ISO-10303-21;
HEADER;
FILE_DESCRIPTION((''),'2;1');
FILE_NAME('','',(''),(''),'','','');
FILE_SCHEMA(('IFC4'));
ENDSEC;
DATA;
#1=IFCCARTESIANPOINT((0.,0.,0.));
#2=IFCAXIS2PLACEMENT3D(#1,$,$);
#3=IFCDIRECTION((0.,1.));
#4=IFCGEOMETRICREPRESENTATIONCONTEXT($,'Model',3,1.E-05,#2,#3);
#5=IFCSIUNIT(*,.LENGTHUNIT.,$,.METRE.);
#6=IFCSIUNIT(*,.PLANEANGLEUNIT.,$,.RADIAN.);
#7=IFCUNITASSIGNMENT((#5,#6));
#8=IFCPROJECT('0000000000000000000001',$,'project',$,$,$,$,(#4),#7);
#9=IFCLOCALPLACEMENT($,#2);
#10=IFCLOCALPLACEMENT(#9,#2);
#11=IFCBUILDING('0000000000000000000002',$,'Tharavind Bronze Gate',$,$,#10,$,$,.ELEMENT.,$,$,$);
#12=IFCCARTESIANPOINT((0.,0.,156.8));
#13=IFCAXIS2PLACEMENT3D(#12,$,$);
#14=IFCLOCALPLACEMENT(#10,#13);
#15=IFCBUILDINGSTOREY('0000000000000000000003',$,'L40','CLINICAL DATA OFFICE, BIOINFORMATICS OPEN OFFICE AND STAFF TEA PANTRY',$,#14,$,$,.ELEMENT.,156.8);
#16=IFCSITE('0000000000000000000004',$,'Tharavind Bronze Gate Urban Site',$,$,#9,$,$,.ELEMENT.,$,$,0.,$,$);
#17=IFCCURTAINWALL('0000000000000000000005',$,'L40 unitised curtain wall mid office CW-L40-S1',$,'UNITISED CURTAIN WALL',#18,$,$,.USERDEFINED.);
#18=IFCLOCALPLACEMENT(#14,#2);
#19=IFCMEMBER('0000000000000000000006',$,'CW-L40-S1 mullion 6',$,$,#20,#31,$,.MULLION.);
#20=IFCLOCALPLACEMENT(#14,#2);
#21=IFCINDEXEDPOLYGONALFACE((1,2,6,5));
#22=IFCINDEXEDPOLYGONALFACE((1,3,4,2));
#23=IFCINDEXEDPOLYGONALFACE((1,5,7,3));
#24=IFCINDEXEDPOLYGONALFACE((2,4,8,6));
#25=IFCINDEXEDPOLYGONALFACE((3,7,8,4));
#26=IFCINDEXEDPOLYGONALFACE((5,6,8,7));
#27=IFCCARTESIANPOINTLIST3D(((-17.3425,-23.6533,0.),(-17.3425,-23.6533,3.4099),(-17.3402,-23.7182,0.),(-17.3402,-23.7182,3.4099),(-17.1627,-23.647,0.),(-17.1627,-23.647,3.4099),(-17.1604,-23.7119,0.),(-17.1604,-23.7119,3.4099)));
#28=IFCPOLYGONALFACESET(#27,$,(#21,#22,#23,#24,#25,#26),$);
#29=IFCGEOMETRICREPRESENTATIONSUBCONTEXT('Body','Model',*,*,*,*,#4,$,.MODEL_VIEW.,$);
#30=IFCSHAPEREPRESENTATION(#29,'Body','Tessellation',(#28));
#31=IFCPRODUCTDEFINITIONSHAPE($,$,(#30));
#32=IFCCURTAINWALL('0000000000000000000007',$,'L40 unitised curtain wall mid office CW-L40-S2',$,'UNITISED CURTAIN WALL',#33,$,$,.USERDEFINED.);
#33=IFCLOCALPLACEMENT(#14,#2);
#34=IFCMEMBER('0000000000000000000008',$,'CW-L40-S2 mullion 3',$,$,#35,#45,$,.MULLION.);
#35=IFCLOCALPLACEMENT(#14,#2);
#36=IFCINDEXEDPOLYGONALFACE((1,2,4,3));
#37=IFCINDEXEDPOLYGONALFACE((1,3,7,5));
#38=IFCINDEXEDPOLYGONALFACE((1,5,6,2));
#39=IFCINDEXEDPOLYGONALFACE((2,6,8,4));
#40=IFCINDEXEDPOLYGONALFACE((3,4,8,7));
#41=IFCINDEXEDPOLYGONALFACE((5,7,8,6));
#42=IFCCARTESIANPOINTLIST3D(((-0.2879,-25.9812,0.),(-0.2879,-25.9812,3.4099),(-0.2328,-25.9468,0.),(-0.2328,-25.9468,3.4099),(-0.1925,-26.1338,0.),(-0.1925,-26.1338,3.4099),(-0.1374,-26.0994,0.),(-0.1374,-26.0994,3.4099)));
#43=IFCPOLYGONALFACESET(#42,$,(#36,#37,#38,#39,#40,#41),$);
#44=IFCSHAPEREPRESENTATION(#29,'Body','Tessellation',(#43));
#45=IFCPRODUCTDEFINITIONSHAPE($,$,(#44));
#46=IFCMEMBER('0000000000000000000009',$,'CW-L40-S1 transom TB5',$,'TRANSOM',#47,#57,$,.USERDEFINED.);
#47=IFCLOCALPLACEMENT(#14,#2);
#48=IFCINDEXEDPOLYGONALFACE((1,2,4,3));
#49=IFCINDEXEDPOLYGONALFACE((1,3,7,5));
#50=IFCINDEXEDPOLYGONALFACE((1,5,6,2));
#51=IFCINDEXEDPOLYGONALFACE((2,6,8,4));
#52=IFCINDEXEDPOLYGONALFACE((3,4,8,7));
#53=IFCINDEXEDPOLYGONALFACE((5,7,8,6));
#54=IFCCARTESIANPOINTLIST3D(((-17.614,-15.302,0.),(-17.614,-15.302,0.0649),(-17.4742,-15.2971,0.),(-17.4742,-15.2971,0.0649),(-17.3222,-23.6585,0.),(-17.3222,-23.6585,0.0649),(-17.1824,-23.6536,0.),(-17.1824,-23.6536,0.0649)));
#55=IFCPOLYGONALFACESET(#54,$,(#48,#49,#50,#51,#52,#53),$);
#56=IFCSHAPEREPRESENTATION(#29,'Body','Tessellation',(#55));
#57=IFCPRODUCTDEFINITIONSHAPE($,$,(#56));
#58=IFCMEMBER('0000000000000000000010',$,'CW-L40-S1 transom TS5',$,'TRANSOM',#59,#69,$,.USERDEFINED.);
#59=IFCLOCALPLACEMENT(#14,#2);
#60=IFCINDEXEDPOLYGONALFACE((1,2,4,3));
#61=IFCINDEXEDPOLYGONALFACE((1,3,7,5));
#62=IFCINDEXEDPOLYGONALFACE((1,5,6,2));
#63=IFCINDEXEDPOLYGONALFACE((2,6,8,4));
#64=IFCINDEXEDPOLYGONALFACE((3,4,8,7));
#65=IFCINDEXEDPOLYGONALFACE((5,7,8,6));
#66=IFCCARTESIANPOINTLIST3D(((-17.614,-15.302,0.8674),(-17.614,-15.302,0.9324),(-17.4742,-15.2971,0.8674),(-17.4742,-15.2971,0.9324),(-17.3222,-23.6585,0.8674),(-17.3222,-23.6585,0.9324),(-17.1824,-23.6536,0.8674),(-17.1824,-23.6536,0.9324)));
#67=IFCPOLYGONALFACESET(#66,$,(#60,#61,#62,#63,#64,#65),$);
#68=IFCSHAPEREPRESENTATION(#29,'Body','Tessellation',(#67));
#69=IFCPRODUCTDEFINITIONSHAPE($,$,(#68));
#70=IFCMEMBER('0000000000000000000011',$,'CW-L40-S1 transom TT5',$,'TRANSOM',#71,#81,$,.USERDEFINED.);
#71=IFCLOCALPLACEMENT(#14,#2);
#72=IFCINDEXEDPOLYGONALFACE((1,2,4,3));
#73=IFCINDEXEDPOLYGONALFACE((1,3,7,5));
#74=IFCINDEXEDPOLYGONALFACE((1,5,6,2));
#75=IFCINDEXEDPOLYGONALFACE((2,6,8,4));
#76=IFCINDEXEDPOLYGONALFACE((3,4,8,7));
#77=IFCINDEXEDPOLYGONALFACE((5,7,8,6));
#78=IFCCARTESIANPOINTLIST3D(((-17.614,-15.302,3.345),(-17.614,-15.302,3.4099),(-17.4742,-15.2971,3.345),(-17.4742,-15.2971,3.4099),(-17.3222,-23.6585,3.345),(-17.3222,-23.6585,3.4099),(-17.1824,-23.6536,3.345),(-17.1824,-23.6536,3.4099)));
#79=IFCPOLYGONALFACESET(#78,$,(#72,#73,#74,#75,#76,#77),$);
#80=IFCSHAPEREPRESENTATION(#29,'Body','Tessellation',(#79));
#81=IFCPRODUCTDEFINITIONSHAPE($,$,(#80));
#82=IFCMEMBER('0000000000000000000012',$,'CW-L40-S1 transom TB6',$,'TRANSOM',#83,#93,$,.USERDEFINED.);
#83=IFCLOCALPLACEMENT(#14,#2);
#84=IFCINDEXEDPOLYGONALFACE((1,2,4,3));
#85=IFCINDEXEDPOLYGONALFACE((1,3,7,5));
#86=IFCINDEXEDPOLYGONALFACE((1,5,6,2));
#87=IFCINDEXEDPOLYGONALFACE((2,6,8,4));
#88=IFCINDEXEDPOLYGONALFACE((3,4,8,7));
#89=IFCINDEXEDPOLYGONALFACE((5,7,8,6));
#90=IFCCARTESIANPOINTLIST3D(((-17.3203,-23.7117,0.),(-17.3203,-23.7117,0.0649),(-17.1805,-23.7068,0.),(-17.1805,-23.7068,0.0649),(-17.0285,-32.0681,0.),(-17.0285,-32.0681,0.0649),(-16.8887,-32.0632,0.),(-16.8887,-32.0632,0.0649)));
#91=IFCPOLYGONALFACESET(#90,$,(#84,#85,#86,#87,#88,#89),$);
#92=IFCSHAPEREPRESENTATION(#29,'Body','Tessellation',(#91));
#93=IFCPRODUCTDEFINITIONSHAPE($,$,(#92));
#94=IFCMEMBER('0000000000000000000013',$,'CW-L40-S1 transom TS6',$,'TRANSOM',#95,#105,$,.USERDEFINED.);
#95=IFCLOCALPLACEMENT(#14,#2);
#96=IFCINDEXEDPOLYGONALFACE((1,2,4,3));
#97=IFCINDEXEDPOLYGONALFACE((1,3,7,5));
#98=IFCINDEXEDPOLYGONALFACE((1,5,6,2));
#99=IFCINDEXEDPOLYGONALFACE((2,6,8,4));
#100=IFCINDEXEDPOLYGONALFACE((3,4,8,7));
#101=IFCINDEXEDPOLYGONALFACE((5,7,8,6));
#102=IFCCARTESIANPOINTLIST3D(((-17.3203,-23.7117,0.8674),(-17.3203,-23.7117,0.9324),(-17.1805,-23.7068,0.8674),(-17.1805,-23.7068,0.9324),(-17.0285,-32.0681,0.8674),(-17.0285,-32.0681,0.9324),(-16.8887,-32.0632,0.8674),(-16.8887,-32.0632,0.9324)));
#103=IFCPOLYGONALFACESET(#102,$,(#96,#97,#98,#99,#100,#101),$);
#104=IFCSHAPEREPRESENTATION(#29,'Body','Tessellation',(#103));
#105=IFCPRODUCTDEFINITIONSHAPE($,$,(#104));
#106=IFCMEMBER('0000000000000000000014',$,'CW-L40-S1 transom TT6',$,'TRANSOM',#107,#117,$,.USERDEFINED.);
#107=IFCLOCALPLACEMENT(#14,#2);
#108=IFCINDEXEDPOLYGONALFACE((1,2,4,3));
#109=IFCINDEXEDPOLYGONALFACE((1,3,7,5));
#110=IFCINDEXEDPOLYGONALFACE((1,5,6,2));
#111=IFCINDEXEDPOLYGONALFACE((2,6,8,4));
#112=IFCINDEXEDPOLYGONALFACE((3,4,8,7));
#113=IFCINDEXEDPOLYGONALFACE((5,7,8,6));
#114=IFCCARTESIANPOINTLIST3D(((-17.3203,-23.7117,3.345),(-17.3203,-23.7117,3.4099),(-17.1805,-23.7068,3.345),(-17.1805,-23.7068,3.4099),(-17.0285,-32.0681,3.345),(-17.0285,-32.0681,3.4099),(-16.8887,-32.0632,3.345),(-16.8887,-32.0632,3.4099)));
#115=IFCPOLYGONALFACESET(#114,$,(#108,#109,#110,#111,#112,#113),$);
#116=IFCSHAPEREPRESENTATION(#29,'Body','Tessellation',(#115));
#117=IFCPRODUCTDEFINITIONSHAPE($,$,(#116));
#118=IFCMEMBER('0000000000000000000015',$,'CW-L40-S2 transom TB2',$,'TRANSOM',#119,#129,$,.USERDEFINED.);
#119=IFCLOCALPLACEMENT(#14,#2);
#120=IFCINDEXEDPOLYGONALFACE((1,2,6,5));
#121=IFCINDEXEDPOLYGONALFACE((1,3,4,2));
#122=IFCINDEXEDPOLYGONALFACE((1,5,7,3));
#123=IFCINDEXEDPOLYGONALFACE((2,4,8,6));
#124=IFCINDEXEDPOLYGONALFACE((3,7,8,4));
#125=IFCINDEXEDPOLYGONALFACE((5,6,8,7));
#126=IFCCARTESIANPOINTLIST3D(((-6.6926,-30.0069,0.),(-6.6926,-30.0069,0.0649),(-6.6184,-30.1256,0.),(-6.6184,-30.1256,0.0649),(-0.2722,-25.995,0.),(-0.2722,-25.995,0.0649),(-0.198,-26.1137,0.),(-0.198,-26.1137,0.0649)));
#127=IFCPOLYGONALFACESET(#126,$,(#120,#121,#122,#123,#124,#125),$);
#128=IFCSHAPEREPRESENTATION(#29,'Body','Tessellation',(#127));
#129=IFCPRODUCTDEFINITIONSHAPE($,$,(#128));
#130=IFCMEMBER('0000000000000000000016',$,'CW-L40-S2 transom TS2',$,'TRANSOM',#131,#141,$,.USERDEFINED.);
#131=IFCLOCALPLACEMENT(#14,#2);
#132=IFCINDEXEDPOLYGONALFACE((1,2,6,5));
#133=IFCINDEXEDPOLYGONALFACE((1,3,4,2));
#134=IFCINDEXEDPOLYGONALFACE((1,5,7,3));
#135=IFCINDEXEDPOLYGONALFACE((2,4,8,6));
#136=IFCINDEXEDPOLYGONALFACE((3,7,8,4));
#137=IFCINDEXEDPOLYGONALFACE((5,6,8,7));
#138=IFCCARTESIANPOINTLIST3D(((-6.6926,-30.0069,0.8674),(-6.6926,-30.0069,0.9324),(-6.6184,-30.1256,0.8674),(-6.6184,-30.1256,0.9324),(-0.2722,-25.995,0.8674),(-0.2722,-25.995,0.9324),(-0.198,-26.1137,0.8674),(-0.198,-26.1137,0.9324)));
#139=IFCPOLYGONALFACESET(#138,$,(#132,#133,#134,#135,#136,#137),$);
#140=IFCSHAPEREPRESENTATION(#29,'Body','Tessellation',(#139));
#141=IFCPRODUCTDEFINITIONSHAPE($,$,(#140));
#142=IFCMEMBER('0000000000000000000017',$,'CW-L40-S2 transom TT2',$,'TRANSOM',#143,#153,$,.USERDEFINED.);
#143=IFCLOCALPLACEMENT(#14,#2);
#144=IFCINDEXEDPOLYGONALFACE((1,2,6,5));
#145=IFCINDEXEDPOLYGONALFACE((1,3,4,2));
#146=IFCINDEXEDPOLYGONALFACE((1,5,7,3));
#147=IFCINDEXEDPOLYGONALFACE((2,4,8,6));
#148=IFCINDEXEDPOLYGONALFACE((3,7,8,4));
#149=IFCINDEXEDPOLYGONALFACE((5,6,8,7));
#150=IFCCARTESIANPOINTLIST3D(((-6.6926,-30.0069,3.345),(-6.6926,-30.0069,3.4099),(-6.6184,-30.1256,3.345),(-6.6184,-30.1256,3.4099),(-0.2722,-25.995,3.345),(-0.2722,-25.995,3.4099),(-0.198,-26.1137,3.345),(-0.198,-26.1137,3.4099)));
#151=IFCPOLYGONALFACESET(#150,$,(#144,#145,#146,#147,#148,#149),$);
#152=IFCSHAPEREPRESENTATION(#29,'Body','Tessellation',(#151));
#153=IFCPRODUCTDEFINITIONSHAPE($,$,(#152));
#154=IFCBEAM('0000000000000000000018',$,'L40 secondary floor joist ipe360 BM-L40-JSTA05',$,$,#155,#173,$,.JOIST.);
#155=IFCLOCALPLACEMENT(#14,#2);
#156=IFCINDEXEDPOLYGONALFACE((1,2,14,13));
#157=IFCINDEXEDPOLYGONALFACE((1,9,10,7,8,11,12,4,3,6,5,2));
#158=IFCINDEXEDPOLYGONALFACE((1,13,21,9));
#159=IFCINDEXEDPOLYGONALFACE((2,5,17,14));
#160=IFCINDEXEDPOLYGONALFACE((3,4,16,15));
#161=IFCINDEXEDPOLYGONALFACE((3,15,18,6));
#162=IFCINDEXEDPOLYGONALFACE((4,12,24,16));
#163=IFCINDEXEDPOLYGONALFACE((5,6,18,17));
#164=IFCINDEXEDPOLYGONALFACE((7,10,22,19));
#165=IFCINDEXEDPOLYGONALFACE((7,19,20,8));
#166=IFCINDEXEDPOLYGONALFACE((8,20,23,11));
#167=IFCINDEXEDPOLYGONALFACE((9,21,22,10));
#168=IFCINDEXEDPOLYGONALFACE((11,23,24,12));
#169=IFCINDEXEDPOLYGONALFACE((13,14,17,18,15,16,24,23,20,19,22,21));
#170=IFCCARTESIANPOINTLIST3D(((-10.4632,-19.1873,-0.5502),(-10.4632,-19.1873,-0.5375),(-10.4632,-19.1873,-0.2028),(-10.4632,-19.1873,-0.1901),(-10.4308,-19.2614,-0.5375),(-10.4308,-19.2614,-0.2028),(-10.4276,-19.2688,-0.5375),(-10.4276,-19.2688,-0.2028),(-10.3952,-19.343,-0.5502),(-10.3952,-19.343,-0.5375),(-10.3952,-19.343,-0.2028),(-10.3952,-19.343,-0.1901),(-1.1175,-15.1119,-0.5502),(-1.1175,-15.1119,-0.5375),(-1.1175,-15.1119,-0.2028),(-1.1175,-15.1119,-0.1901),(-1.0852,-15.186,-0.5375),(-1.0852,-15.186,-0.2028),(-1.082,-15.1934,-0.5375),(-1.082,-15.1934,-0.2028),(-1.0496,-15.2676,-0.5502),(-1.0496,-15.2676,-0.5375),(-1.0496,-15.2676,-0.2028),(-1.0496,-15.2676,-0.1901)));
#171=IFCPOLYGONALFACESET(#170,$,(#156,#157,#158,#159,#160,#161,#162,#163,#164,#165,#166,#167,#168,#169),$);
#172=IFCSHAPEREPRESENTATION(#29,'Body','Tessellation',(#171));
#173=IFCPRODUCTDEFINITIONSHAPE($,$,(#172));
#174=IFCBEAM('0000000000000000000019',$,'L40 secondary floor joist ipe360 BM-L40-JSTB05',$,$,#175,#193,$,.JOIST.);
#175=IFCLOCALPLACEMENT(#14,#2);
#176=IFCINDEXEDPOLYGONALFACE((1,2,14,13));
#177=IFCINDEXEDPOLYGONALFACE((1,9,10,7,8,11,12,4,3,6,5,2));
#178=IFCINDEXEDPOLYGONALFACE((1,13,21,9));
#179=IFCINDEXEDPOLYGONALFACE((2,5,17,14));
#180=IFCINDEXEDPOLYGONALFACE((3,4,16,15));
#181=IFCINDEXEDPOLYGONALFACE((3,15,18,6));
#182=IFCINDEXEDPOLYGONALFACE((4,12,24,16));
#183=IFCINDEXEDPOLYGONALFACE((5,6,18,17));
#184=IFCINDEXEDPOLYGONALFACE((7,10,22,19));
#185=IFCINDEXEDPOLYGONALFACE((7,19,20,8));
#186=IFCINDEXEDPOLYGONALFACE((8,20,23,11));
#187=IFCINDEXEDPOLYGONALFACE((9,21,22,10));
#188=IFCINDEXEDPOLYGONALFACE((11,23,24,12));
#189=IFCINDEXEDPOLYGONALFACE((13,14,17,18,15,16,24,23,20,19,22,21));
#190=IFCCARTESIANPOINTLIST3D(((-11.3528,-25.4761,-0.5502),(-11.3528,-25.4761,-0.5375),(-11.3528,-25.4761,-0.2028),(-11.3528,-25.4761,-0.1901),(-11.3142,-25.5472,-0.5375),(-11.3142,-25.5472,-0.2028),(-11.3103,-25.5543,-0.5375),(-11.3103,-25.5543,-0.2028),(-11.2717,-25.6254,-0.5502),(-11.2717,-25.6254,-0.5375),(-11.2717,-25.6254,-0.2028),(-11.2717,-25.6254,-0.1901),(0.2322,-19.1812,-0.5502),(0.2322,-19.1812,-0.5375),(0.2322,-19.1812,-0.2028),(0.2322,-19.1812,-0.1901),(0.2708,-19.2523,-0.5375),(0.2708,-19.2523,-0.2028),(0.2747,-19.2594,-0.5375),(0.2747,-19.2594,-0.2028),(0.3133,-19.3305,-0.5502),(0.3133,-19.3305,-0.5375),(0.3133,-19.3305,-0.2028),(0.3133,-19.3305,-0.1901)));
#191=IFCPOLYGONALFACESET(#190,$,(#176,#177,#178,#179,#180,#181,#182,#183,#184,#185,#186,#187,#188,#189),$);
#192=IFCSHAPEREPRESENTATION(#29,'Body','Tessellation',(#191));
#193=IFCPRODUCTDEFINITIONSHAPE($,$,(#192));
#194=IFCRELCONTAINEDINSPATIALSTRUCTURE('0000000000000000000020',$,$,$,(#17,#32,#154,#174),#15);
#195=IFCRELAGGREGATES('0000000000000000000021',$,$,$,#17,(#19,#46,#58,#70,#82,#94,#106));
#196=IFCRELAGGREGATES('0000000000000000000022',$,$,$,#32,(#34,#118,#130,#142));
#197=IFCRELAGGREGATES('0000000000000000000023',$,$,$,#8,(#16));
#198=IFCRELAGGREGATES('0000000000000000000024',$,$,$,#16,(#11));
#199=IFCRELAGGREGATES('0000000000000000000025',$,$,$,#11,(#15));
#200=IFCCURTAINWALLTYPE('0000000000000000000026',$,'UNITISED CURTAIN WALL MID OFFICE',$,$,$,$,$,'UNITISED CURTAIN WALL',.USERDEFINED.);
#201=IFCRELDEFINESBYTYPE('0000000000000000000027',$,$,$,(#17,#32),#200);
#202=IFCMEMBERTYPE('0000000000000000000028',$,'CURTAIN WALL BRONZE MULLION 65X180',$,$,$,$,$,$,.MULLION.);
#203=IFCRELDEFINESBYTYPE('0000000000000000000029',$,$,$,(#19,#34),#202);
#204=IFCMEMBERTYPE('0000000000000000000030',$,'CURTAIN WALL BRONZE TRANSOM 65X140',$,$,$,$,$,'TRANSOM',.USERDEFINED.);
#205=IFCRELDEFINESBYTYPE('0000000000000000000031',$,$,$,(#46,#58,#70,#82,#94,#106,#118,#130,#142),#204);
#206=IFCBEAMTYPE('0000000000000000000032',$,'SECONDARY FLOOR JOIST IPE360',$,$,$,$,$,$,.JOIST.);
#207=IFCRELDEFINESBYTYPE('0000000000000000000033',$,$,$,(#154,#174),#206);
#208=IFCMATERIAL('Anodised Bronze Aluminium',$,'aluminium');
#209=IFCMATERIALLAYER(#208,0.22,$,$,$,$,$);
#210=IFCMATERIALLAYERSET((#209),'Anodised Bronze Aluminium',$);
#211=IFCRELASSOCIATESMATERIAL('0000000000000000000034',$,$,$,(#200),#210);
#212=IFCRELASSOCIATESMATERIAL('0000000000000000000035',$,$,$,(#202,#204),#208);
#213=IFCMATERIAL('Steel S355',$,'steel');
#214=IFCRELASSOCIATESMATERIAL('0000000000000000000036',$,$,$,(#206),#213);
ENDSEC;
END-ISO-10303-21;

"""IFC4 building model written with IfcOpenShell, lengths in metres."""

from ifc_helpers import new_model, si_unit, direction, frame, origin, origin_2d, place, context, subcontext, project, spatial, rectangle, i_section, extrude, material, layer, layer_set, material_profile, profile_set, type_object, element, aggregate, save


model = new_model("IFC4")

# Units and contexts
model_context = context("Model", 3, precision=1e-05, world=origin(), true_north=direction((0.0, 1.0)))
body_context = subcontext(model_context, "Body", "Model", "MODEL_VIEW")
ifc_project = project(units=[si_unit("LENGTHUNIT", "METRE"), si_unit("PLANEANGLEUNIT", "RADIAN")], contexts=[model_context])

# Site, building, storey
site_placement = place(None, origin())
site = spatial("IfcSite", under=ifc_project, at=site_placement, Name="Tharavind Bronze Gate Urban Site", CompositionType="ELEMENT", RefElevation=0.0)
building_placement = place(site_placement, origin())
building = spatial("IfcBuilding", under=site, at=building_placement, Name="Tharavind Bronze Gate", CompositionType="ELEMENT")
storey_placement = place(building_placement, frame((0.0, 0.0, 156.8)))
storey = spatial("IfcBuildingStorey", under=building, at=storey_placement, Name="L40", Description="CLINICAL DATA OFFICE, BIOINFORMATICS OPEN OFFICE AND STAFF TEA PANTRY", CompositionType="ELEMENT", Elevation=156.8)

# Curtain walls, members
ifc_material_1 = material(Name="Anodised Bronze Aluminium", Category="aluminium")
ifc_layer_1 = layer(ifc_material_1, 0.22)
ifc_layer_set_1 = layer_set([ifc_layer_1], Name="Anodised Bronze Aluminium")
curtain_wall_type = type_object("IfcCurtainWallType", Name="UNITISED CURTAIN WALL MID OFFICE", ElementType="UNITISED CURTAIN WALL", PredefinedType="USERDEFINED", material=ifc_layer_set_1)
curtain_wall_1_placement = place(storey_placement, origin())
curtain_wall_1 = element("IfcCurtainWall", 1, at=curtain_wall_1_placement, inside=storey, type_object=curtain_wall_type, Name="L40 unitised curtain wall mid office CW-L40-S1", ObjectType="UNITISED CURTAIN WALL", PredefinedType="USERDEFINED")
member_type_1 = type_object("IfcMemberType", Name="CURTAIN WALL BRONZE MULLION 65X180", PredefinedType="MULLION", material=ifc_material_1)
member_1_placement = place(storey_placement, frame((-17.2515, -23.6826, 0.0), z_axis=(0.0, 0.0, 1.0), x_axis=(0.034899, -0.999391, 0.0)))
member_1 = element("IfcMember", 2, at=member_1_placement, type_object=member_type_1, Name="CW-L40-S1 mullion 6", PredefinedType="MULLION", context=body_context, shape_type="SweptSolid", body=[
    extrude(rectangle(XDim=0.0649, YDim=0.1799, at=origin_2d()), origin(), (0.0, 0.0, 1.0), 3.4099),
])
curtain_wall_2_placement = place(storey_placement, origin())
curtain_wall_2 = element("IfcCurtainWall", 3, at=curtain_wall_2_placement, inside=storey, type_object=curtain_wall_type, Name="L40 unitised curtain wall mid office CW-L40-S2", ObjectType="UNITISED CURTAIN WALL", PredefinedType="USERDEFINED")
member_2_placement = place(storey_placement, frame((-0.2126, -26.0403, 0.0), z_axis=(0.0, 0.0, 1.0), x_axis=(0.848048, 0.529919, 0.0)))
member_2 = element("IfcMember", 4, at=member_2_placement, type_object=member_type_1, Name="CW-L40-S2 mullion 3", PredefinedType="MULLION", context=body_context, shape_type="SweptSolid", body=[
    extrude(rectangle(XDim=0.0649, YDim=0.1799, at=origin_2d()), origin(), (0.0, 0.0, 1.0), 3.4099),
])

# Members
member_type_2 = type_object("IfcMemberType", Name="CURTAIN WALL BRONZE TRANSOM 65X140", ElementType="TRANSOM", PredefinedType="USERDEFINED", material=ifc_material_1)
member_3_placement = place(storey_placement, frame((-17.3982, -19.4778, 0.0), z_axis=(0.0, 0.0, 1.0), x_axis=(0.034899, -0.999391, 0.0)))
member_3 = element("IfcMember", 5, at=member_3_placement, type_object=member_type_2, Name="CW-L40-S1 transom TB5", ObjectType="TRANSOM", PredefinedType="USERDEFINED", context=body_context, shape_type="SweptSolid", body=[
    extrude(rectangle(XDim=8.3616, YDim=0.1399, at=origin_2d()), origin(), (0.0, 0.0, 1.0), 0.0649),
])
member_4_placement = place(storey_placement, frame((-17.3982, -19.4778, 0.8674), z_axis=(0.0, 0.0, 1.0), x_axis=(0.034899, -0.999391, 0.0)))
member_4 = element("IfcMember", 6, at=member_4_placement, type_object=member_type_2, Name="CW-L40-S1 transom TS5", ObjectType="TRANSOM", PredefinedType="USERDEFINED", context=body_context, shape_type="SweptSolid", body=[
    extrude(rectangle(XDim=8.3616, YDim=0.1399, at=origin_2d()), origin(), (0.0, 0.0, 1.0), 0.0649),
])
member_5_placement = place(storey_placement, frame((-17.3982, -19.4778, 3.345), z_axis=(0.0, 0.0, 1.0), x_axis=(0.034899, -0.999391, 0.0)))
member_5 = element("IfcMember", 7, at=member_5_placement, type_object=member_type_2, Name="CW-L40-S1 transom TT5", ObjectType="TRANSOM", PredefinedType="USERDEFINED", context=body_context, shape_type="SweptSolid", body=[
    extrude(rectangle(XDim=8.3616, YDim=0.1399, at=origin_2d()), origin(), (0.0, 0.0, 1.0), 0.0649),
])
member_6_placement = place(storey_placement, frame((-17.1045, -27.8875, 0.0), z_axis=(0.0, 0.0, 1.0), x_axis=(0.034899, -0.999391, 0.0)))
member_6 = element("IfcMember", 8, at=member_6_placement, type_object=member_type_2, Name="CW-L40-S1 transom TB6", ObjectType="TRANSOM", PredefinedType="USERDEFINED", context=body_context, shape_type="SweptSolid", body=[
    extrude(rectangle(XDim=8.3616, YDim=0.1399, at=origin_2d()), origin(), (0.0, 0.0, 1.0), 0.0649),
])
member_7_placement = place(storey_placement, frame((-17.1045, -27.8875, 0.8674), z_axis=(0.0, 0.0, 1.0), x_axis=(0.034899, -0.999391, 0.0)))
member_7 = element("IfcMember", 9, at=member_7_placement, type_object=member_type_2, Name="CW-L40-S1 transom TS6", ObjectType="TRANSOM", PredefinedType="USERDEFINED", context=body_context, shape_type="SweptSolid", body=[
    extrude(rectangle(XDim=8.3616, YDim=0.1399, at=origin_2d()), origin(), (0.0, 0.0, 1.0), 0.0649),
])
member_8_placement = place(storey_placement, frame((-17.1045, -27.8875, 3.345), z_axis=(0.0, 0.0, 1.0), x_axis=(0.034899, -0.999391, 0.0)))
member_8 = element("IfcMember", 10, at=member_8_placement, type_object=member_type_2, Name="CW-L40-S1 transom TT6", ObjectType="TRANSOM", PredefinedType="USERDEFINED", context=body_context, shape_type="SweptSolid", body=[
    extrude(rectangle(XDim=8.3616, YDim=0.1399, at=origin_2d()), origin(), (0.0, 0.0, 1.0), 0.0649),
])
member_9_placement = place(storey_placement, frame((-3.4453, -28.0603, 0.0), z_axis=(0.0, 0.0, 1.0), x_axis=(0.848048, 0.529919, 0.0)))
member_9 = element("IfcMember", 11, at=member_9_placement, type_object=member_type_2, Name="CW-L40-S2 transom TB2", ObjectType="TRANSOM", PredefinedType="USERDEFINED", context=body_context, shape_type="SweptSolid", body=[
    extrude(rectangle(XDim=7.5708, YDim=0.1399, at=origin_2d()), origin(), (0.0, 0.0, 1.0), 0.0649),
])
member_10_placement = place(storey_placement, frame((-3.4453, -28.0603, 0.8674), z_axis=(0.0, 0.0, 1.0), x_axis=(0.848048, 0.529919, 0.0)))
member_10 = element("IfcMember", 12, at=member_10_placement, type_object=member_type_2, Name="CW-L40-S2 transom TS2", ObjectType="TRANSOM", PredefinedType="USERDEFINED", context=body_context, shape_type="SweptSolid", body=[
    extrude(rectangle(XDim=7.5708, YDim=0.1399, at=origin_2d()), origin(), (0.0, 0.0, 1.0), 0.0649),
])
member_11_placement = place(storey_placement, frame((-3.4453, -28.0603, 3.345), z_axis=(0.0, 0.0, 1.0), x_axis=(0.848048, 0.529919, 0.0)))
member_11 = element("IfcMember", 13, at=member_11_placement, type_object=member_type_2, Name="CW-L40-S2 transom TT2", ObjectType="TRANSOM", PredefinedType="USERDEFINED", context=body_context, shape_type="SweptSolid", body=[
    extrude(rectangle(XDim=7.5708, YDim=0.1399, at=origin_2d()), origin(), (0.0, 0.0, 1.0), 0.0649),
])

# Beams
ifc_material_2 = material(Name="Steel S355", Category="steel")
ifc_material_profile = material_profile(ifc_material_2, i_section(OverallWidth=0.1699, OverallDepth=0.3601, WebThickness=0.0081, FlangeThickness=0.0127, at=origin_2d()), Name="IPE360")
ifc_profile_set = profile_set([ifc_material_profile], Name="Steel S355")
beam_type = type_object("IfcBeamType", Name="SECONDARY FLOOR JOIST IPE360", PredefinedType="JOIST", material=ifc_profile_set)
beam_1_placement = place(storey_placement, frame((-10.4292, -19.2651, -0.3701), z_axis=(0.916636, 0.399723, 0.0), x_axis=(-0.399723, 0.916636, 0.0)))
element("IfcBeam", 14, at=beam_1_placement, inside=storey, type_object=beam_type, Name="L40 secondary floor joist ipe360 BM-L40-JSTA05", PredefinedType="JOIST", context=body_context, shape_type="SweptSolid", body=[
    extrude(i_section(OverallWidth=0.1699, OverallDepth=0.3601, WebThickness=0.0081, FlangeThickness=0.0127, at=origin_2d()), origin(), (0.0, 0.0, 1.0), 10.1956),
])
beam_2_placement = place(storey_placement, frame((-11.3123, -25.5508, -0.3701), z_axis=(0.878664, 0.47744, 0.0), x_axis=(-0.47744, 0.878664, 0.0)))
element("IfcBeam", 15, at=beam_2_placement, inside=storey, type_object=beam_type, Name="L40 secondary floor joist ipe360 BM-L40-JSTB05", PredefinedType="JOIST", context=body_context, shape_type="SweptSolid", body=[
    extrude(i_section(OverallWidth=0.1699, OverallDepth=0.3601, WebThickness=0.0081, FlangeThickness=0.0127, at=origin_2d()), origin(), (0.0, 0.0, 1.0), 13.1848),
])

aggregate(curtain_wall_1, [member_1, member_3, member_4, member_5, member_6, member_7, member_8])
aggregate(curtain_wall_2, [member_2, member_9, member_10, member_11])

save(model, "model.ifc")
